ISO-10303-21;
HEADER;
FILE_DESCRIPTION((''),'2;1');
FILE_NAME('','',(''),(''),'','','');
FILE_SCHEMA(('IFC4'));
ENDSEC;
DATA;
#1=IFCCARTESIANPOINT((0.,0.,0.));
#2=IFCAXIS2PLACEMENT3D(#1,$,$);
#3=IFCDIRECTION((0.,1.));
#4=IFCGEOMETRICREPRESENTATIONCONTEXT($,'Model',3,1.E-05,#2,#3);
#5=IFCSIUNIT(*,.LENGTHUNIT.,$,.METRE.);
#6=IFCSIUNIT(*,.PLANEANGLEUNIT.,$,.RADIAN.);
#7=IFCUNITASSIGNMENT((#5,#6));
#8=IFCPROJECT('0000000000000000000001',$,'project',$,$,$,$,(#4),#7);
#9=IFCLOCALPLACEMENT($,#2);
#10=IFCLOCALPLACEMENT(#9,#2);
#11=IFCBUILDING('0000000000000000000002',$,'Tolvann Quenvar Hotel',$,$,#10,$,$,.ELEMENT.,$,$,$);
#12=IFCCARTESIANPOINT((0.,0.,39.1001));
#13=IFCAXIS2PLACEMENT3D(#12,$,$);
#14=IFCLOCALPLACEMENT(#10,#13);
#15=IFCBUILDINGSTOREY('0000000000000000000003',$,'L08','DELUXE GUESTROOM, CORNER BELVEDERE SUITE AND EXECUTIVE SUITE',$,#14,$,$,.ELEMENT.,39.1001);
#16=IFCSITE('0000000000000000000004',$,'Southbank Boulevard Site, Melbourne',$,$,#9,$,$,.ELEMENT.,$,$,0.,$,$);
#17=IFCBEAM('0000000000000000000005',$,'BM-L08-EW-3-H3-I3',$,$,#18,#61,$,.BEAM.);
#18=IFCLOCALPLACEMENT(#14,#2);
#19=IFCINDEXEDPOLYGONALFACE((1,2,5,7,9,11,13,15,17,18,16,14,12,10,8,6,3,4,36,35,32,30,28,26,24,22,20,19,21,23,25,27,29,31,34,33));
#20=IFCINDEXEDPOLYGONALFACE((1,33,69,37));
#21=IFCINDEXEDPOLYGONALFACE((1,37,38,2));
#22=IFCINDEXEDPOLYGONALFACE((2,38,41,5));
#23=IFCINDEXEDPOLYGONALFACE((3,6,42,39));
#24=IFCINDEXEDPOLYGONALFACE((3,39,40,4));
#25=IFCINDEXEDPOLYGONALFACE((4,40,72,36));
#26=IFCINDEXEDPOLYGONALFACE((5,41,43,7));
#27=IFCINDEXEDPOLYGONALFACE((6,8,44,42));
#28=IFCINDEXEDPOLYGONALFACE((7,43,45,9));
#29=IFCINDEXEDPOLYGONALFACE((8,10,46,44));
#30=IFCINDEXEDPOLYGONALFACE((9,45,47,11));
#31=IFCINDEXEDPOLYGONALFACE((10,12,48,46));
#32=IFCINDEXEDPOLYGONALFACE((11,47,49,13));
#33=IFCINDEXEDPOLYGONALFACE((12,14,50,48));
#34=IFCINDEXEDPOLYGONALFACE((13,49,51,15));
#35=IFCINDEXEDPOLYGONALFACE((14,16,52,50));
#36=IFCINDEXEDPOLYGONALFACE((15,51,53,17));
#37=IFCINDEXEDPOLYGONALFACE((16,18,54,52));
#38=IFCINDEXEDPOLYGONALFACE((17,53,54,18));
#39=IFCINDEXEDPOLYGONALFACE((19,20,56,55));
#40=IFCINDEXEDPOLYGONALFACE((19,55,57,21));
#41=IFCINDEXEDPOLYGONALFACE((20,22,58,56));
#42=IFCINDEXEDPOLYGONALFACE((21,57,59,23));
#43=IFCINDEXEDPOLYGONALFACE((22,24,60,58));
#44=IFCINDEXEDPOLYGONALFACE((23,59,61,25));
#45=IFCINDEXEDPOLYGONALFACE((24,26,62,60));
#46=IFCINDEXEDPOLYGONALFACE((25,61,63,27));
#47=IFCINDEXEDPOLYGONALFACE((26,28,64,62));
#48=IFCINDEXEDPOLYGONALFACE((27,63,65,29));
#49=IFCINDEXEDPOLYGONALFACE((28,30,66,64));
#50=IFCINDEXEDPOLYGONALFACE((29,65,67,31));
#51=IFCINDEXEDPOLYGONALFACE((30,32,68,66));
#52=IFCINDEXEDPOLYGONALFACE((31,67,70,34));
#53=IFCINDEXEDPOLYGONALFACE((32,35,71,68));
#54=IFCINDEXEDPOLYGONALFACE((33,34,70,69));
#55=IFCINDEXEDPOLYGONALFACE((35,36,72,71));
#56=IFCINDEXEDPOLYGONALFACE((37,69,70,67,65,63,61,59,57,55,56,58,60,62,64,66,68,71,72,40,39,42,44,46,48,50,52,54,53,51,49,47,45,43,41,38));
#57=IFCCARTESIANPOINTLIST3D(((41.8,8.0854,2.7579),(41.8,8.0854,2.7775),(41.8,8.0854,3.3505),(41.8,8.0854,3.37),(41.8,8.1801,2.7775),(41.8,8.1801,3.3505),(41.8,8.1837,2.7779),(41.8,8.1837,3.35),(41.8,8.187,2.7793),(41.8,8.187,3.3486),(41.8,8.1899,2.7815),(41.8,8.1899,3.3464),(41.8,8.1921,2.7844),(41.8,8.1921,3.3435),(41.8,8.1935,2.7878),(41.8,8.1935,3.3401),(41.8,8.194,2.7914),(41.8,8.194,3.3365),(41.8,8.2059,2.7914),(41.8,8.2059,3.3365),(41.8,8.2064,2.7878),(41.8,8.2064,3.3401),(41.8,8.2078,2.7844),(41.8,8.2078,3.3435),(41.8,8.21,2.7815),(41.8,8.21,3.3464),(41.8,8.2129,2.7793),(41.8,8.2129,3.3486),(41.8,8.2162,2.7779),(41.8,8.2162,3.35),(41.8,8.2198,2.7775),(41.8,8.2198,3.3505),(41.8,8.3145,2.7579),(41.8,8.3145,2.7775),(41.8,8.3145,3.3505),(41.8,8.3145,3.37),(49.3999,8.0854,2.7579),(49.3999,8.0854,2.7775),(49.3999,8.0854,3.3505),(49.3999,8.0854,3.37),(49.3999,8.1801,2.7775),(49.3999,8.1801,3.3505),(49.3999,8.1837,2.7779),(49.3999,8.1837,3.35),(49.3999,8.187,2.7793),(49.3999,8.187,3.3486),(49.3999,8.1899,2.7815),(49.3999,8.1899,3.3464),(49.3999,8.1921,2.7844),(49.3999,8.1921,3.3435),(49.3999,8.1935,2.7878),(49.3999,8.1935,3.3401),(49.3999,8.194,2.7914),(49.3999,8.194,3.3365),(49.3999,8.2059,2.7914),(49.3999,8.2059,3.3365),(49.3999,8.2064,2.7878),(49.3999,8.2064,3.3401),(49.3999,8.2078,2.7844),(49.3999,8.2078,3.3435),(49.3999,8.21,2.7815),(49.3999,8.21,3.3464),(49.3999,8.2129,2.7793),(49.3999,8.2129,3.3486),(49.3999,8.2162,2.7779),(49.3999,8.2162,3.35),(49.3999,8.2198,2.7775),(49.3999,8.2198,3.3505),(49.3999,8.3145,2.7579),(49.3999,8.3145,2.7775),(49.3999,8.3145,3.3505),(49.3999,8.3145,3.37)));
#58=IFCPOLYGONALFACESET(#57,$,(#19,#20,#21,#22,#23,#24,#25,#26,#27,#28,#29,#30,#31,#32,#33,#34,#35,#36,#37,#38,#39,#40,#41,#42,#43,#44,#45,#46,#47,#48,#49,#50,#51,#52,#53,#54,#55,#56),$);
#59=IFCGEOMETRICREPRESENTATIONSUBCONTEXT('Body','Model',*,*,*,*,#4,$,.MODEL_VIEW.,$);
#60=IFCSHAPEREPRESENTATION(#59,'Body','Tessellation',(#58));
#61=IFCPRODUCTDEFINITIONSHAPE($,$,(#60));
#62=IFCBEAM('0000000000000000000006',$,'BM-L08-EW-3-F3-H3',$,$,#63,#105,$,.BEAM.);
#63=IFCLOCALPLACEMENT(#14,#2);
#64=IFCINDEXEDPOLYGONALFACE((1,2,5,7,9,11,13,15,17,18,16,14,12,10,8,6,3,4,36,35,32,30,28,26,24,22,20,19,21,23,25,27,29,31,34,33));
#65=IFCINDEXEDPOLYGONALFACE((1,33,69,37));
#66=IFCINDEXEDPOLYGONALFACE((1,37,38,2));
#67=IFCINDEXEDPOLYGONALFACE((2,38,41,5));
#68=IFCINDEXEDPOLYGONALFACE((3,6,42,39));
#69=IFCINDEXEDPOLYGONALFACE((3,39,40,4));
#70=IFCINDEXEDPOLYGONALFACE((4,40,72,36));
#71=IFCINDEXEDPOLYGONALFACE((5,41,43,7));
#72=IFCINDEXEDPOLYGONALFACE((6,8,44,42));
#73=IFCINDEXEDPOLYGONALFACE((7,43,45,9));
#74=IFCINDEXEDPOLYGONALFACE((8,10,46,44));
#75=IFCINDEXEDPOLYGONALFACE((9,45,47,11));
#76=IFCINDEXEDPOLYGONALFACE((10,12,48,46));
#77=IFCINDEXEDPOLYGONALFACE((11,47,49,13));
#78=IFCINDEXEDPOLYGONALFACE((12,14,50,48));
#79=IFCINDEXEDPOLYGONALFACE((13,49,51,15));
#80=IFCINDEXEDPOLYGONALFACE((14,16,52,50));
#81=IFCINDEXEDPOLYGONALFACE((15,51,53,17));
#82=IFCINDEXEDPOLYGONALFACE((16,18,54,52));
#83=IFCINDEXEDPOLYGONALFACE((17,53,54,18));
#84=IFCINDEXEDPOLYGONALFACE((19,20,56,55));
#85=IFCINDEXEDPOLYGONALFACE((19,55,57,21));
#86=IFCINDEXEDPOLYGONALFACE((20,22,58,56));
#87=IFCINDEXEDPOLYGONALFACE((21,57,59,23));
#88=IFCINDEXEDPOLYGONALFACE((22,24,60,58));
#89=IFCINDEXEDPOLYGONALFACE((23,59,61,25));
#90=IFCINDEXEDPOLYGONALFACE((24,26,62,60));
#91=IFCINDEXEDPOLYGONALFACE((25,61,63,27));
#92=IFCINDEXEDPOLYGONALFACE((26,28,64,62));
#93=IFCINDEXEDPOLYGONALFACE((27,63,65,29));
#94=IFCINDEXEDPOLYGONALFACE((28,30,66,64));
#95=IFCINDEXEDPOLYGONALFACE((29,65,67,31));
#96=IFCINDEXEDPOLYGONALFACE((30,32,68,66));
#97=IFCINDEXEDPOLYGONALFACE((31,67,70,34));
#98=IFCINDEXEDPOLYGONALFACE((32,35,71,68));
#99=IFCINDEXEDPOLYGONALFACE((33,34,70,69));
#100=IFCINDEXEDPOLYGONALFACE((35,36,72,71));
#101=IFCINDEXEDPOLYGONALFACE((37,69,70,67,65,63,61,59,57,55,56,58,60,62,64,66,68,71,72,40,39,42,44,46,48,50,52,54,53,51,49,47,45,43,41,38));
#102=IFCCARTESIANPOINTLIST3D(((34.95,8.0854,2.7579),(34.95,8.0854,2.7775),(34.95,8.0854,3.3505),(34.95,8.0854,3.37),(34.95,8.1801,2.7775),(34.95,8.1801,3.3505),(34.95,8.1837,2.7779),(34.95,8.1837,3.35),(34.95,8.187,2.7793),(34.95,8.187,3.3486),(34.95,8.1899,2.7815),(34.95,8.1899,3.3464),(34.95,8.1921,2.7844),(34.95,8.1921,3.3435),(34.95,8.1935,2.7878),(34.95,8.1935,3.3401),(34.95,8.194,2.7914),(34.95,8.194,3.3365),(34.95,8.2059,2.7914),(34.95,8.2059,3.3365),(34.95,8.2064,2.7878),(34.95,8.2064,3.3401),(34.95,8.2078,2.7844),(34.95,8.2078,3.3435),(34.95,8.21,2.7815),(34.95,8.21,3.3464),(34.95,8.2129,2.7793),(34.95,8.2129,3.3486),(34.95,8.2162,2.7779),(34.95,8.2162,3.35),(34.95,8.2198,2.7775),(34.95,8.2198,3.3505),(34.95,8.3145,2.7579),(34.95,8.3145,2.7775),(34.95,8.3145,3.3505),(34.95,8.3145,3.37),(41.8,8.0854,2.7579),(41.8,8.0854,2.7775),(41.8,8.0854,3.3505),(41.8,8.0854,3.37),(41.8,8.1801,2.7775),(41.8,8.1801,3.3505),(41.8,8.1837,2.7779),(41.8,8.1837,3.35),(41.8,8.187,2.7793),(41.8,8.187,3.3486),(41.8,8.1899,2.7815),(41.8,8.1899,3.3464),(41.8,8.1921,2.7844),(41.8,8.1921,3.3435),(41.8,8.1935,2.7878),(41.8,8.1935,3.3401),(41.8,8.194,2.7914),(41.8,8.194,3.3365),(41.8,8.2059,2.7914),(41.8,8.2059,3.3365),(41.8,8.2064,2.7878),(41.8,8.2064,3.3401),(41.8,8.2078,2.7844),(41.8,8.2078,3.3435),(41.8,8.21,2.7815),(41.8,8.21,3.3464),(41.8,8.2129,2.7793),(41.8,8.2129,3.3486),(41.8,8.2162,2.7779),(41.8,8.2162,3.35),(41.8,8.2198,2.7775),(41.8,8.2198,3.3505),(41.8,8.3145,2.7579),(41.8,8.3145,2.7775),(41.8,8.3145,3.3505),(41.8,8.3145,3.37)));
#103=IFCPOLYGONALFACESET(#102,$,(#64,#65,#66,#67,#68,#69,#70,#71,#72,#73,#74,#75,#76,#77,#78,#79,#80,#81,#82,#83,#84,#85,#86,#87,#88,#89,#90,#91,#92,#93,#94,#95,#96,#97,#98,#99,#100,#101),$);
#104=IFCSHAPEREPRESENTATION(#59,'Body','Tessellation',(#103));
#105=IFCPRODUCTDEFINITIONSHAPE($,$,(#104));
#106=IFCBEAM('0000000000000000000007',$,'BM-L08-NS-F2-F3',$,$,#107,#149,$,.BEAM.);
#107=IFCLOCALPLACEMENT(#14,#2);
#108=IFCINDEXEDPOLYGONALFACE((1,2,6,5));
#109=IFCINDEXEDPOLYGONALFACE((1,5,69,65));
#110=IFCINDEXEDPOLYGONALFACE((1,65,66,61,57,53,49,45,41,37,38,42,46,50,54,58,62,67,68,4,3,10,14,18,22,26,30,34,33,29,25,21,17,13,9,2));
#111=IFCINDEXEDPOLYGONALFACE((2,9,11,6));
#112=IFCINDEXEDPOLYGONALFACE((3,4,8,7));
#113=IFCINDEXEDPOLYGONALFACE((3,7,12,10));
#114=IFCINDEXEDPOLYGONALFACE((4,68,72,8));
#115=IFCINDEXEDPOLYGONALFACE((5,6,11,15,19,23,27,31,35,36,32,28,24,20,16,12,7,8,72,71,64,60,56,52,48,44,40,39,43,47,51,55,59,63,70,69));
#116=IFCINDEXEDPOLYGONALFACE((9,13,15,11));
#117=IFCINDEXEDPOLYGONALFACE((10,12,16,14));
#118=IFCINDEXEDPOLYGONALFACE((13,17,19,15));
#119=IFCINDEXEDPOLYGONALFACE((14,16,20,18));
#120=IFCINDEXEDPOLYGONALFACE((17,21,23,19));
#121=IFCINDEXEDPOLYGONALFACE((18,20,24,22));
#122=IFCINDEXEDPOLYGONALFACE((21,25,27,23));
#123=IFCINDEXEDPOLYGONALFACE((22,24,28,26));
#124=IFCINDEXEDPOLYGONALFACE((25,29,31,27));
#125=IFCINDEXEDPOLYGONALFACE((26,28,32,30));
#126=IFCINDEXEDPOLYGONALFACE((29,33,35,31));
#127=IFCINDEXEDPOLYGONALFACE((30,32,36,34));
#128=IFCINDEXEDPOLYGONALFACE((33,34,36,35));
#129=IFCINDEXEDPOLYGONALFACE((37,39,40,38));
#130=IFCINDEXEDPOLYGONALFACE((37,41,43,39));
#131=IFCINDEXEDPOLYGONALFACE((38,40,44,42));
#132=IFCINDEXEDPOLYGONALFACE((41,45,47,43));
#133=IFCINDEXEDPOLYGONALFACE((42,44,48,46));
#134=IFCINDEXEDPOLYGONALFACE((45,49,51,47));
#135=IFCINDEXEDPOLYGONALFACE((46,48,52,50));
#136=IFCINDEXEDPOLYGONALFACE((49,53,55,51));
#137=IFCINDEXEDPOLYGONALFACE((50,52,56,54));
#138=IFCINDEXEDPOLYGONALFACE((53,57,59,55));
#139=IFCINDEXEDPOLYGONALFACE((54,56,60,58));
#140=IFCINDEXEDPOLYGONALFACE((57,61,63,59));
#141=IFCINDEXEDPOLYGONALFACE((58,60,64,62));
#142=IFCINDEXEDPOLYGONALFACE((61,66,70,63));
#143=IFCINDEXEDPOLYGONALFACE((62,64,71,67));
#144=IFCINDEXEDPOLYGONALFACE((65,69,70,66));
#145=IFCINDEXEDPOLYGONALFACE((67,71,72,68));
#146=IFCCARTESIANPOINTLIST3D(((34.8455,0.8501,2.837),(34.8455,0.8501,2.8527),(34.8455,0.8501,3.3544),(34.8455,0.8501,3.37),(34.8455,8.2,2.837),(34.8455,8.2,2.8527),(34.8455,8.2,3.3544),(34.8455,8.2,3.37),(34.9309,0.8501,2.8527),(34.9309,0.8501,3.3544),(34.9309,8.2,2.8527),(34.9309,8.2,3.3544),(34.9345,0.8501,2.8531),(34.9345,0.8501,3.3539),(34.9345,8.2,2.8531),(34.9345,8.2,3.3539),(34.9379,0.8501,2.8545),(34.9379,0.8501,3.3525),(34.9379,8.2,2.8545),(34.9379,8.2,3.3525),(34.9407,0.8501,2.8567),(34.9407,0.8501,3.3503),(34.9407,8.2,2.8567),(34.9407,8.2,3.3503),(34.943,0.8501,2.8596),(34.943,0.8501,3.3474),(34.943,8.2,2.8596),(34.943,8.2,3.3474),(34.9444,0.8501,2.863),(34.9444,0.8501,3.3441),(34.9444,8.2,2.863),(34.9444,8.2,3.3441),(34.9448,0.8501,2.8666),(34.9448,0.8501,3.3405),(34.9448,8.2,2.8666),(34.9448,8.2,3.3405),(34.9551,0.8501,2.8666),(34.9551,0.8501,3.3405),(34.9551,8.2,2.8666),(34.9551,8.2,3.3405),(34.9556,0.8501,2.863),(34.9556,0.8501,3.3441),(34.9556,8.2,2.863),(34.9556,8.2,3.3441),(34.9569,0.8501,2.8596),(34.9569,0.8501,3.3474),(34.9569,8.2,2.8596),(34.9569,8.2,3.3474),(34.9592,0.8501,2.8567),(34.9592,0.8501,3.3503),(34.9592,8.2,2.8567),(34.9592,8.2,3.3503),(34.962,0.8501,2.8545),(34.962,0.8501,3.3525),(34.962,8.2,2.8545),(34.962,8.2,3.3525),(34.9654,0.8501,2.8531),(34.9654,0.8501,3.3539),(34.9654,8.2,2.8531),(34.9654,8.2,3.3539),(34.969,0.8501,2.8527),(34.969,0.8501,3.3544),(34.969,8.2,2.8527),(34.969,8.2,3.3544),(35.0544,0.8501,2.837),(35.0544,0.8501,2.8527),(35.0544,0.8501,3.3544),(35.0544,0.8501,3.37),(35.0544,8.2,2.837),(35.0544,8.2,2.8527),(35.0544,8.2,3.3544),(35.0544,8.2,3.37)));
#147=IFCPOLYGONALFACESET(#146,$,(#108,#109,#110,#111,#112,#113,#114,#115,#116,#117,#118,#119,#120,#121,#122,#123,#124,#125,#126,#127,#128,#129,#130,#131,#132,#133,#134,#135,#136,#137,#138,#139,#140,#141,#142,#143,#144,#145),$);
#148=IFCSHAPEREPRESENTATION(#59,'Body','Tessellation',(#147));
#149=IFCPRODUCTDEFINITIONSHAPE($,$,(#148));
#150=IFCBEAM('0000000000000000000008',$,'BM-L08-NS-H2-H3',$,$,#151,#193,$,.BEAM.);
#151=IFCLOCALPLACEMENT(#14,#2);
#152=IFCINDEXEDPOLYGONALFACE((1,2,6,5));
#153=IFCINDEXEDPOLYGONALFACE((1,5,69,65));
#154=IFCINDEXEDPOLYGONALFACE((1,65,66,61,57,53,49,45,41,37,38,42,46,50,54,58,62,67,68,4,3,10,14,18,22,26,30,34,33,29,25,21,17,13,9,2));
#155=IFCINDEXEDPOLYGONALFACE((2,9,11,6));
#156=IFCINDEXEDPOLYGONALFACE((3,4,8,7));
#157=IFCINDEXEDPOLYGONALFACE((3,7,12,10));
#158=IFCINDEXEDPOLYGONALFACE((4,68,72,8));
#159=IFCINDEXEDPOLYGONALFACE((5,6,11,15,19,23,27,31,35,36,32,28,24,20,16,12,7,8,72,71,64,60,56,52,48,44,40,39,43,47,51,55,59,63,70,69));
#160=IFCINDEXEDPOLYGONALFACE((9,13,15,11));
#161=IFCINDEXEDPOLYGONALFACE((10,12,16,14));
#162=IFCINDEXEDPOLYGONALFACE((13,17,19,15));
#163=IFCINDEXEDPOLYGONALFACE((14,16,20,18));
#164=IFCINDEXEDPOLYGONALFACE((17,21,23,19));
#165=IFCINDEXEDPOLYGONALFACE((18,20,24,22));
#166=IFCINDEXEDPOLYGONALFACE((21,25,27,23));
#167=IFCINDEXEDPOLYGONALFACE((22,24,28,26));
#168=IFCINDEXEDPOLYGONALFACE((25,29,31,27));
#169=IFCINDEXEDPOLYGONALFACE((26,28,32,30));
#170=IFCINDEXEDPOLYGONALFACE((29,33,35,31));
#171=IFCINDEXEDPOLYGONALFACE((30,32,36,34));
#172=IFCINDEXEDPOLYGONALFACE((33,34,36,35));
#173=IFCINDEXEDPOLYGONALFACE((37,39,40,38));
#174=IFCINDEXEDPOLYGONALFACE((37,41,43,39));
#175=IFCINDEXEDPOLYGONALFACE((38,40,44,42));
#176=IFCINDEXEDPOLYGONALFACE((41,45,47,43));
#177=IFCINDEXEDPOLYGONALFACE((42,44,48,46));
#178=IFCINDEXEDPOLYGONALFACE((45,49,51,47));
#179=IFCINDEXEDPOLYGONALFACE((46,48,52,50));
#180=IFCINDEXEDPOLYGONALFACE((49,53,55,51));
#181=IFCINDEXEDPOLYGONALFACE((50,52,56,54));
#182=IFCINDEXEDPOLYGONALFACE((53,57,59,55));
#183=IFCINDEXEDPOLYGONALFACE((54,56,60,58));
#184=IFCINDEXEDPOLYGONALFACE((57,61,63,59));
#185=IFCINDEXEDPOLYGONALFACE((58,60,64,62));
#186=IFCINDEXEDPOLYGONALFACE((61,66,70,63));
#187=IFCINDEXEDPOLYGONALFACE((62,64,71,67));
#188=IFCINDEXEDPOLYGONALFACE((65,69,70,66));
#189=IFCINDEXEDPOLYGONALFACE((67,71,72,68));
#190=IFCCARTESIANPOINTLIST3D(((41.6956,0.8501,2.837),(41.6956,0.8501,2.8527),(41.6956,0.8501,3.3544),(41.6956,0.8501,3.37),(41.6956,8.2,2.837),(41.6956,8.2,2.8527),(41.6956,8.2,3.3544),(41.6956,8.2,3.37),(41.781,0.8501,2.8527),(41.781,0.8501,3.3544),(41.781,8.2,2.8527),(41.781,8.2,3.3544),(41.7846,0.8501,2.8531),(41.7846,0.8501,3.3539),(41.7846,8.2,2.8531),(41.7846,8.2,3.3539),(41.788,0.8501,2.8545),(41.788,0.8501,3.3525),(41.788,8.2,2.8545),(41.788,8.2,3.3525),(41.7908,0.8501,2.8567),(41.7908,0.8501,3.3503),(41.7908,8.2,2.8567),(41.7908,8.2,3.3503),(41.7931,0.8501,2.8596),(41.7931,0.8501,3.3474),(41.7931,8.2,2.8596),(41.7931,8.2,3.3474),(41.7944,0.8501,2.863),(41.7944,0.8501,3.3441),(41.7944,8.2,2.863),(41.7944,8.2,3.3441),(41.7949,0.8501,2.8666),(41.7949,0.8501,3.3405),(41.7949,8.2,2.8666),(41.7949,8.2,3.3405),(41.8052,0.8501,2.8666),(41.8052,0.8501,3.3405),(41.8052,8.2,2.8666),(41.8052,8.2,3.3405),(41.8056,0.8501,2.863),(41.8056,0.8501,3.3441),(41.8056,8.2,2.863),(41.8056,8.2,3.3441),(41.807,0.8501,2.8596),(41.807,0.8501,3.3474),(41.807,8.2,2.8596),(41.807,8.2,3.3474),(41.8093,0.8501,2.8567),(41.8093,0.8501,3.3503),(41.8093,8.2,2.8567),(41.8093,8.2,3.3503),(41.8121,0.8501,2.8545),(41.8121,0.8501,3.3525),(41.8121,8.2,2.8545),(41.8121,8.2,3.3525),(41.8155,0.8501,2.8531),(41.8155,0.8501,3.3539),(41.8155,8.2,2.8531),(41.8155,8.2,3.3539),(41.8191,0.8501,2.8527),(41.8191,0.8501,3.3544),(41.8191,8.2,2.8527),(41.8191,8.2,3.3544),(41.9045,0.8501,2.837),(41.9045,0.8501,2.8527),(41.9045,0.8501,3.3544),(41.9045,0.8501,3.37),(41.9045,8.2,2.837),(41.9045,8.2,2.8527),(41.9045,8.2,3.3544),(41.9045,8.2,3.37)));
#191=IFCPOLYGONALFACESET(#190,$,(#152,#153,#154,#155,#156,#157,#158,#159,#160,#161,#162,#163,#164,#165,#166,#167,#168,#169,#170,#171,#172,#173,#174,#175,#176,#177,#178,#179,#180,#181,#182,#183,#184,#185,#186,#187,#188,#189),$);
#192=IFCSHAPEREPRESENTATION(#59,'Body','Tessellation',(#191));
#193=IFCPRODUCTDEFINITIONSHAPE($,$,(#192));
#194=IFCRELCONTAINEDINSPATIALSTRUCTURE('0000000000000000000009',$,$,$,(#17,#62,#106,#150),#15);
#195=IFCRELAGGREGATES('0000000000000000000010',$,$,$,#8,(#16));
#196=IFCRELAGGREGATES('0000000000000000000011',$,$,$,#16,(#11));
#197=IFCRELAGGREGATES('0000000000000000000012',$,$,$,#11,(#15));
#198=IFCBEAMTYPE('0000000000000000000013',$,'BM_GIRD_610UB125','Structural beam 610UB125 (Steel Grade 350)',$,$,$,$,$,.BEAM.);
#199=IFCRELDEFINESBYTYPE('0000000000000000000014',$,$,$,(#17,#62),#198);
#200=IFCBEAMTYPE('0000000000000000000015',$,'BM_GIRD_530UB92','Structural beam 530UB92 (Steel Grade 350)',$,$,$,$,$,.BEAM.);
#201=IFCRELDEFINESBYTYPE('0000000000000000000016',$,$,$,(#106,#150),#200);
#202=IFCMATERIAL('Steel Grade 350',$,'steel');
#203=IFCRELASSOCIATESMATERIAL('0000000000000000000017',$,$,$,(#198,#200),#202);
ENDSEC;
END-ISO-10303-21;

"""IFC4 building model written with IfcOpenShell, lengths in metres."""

from ifc_helpers import new_model, si_unit, direction, frame, origin, origin_2d, place, context, subcontext, project, spatial, i_section, extrude, source, transform, mapped, material, material_profile, profile_set, type_object, type_shapes, element, save


model = new_model("IFC4")

# Units and contexts
model_context = context("Model", 3, precision=1e-05, world=origin(), true_north=direction((0.0, 1.0)))
body_context = subcontext(model_context, "Body", "Model", "MODEL_VIEW")
ifc_project = project(units=[si_unit("LENGTHUNIT", "METRE"), si_unit("PLANEANGLEUNIT", "RADIAN")], contexts=[model_context])

# Site, building, storey
site_placement = place(None, origin())
site = spatial("IfcSite", under=ifc_project, at=site_placement, Name="Southbank Boulevard Site, Melbourne", CompositionType="ELEMENT", RefElevation=0.0)
building_placement = place(site_placement, origin())
building = spatial("IfcBuilding", under=site, at=building_placement, Name="Tolvann Quenvar Hotel", CompositionType="ELEMENT")
storey_placement = place(building_placement, frame((0.0, 0.0, 39.1001)))
storey = spatial("IfcBuildingStorey", under=building, at=storey_placement, Name="L08", Description="DELUXE GUESTROOM, CORNER BELVEDERE SUITE AND EXECUTIVE SUITE", CompositionType="ELEMENT", Elevation=39.1001)

# Shared definitions
ifc_material_1 = material(Name="Steel Grade 350", Category="steel")

# Beams
ifc_material_profile_1 = material_profile(ifc_material_1, i_section(OverallWidth=0.229, OverallDepth=0.6121, WebThickness=0.012, FlangeThickness=0.0195, FilletRadius=0.0139, at=origin_2d()), Name="610UB125")
ifc_profile_set_1 = profile_set([ifc_material_profile_1], Name="Steel Grade 350")
beam_type_1 = type_object("IfcBeamType", Name="BM_GIRD_610UB125", Description="Structural beam 610UB125 (Steel Grade 350)", PredefinedType="BEAM", material=ifc_profile_set_1)
shared_shape_1 = source(origin(), body_context, "Body", "SweptSolid", [
    extrude(i_section(OverallWidth=0.229, OverallDepth=0.6121, WebThickness=0.012, FlangeThickness=0.0195, FilletRadius=0.0139, at=origin_2d()), origin(), (0.0, 0.0, 1.0), 7.5999),
])
beam_1_placement = place(storey_placement, frame((41.8, 8.2, 3.064), z_axis=(1.0, 0.0, 0.0), x_axis=(0.0, 1.0, 0.0)))
element("IfcBeam", 1, at=beam_1_placement, inside=storey, type_object=beam_type_1, Name="BM-L08-EW-3-H3-I3", PredefinedType="BEAM", context=body_context, shape_type="MappedRepresentation", body=[
    mapped(shared_shape_1, transform((0.0, 0.0, 0.0), x_axis=(1.0, 0.0, 0.0), y_axis=(0.0, 1.0, 0.0), z_axis=(0.0, 0.0, 1.0), scale=1.0)),
])
shared_shape_2 = source(origin(), body_context, "Body", "SweptSolid", [
    extrude(i_section(OverallWidth=0.229, OverallDepth=0.6121, WebThickness=0.012, FlangeThickness=0.0195, FilletRadius=0.0139, at=origin_2d()), origin(), (0.0, 0.0, 1.0), 6.8501),
])
type_shapes(beam_type_1, [shared_shape_1, shared_shape_2])
beam_2_placement = place(storey_placement, frame((34.95, 8.2, 3.064), z_axis=(1.0, 0.0, 0.0), x_axis=(0.0, 1.0, 0.0)))
element("IfcBeam", 2, at=beam_2_placement, inside=storey, type_object=beam_type_1, Name="BM-L08-EW-3-F3-H3", PredefinedType="BEAM", context=body_context, shape_type="MappedRepresentation", body=[
    mapped(shared_shape_2, transform((0.0, 0.0, 0.0), x_axis=(1.0, 0.0, 0.0), y_axis=(0.0, 1.0, 0.0), z_axis=(0.0, 0.0, 1.0), scale=1.0)),
])
ifc_material_profile_2 = material_profile(ifc_material_1, i_section(OverallWidth=0.209, OverallDepth=0.533, WebThickness=0.0103, FlangeThickness=0.0156, FilletRadius=0.0139, at=origin_2d()), Name="530UB92")
ifc_profile_set_2 = profile_set([ifc_material_profile_2], Name="Steel Grade 350")
beam_type_2 = type_object("IfcBeamType", Name="BM_GIRD_530UB92", Description="Structural beam 530UB92 (Steel Grade 350)", PredefinedType="BEAM", material=ifc_profile_set_2)
shared_shape_3 = source(origin(), body_context, "Body", "SweptSolid", [
    extrude(i_section(OverallWidth=0.209, OverallDepth=0.533, WebThickness=0.0103, FlangeThickness=0.0156, FilletRadius=0.0139, at=origin_2d()), origin(), (0.0, 0.0, 1.0), 7.3499),
])
for number, where, z_axis, x_axis, name in (
    (3, (34.95, 0.8501, 3.1035), (0.0, 1.0, 0.0), (-1.0, 0.0, 0.0), "BM-L08-NS-F2-F3"),
    (4, (41.8, 0.8501, 3.1035), (0.0, 1.0, 0.0), (-1.0, 0.0, 0.0), "BM-L08-NS-H2-H3"),
):
    element("IfcBeam", number, at=place(storey_placement, frame(where, z_axis=z_axis, x_axis=x_axis)), inside=storey, type_object=beam_type_2, Name=name, PredefinedType="BEAM", context=body_context, shape_type="MappedRepresentation", body=[
        mapped(shared_shape_3, transform((0.0, 0.0, 0.0), x_axis=(1.0, 0.0, 0.0), y_axis=(0.0, 1.0, 0.0), z_axis=(0.0, 0.0, 1.0), scale=1.0)),
    ])

save(model, "model.ifc")
